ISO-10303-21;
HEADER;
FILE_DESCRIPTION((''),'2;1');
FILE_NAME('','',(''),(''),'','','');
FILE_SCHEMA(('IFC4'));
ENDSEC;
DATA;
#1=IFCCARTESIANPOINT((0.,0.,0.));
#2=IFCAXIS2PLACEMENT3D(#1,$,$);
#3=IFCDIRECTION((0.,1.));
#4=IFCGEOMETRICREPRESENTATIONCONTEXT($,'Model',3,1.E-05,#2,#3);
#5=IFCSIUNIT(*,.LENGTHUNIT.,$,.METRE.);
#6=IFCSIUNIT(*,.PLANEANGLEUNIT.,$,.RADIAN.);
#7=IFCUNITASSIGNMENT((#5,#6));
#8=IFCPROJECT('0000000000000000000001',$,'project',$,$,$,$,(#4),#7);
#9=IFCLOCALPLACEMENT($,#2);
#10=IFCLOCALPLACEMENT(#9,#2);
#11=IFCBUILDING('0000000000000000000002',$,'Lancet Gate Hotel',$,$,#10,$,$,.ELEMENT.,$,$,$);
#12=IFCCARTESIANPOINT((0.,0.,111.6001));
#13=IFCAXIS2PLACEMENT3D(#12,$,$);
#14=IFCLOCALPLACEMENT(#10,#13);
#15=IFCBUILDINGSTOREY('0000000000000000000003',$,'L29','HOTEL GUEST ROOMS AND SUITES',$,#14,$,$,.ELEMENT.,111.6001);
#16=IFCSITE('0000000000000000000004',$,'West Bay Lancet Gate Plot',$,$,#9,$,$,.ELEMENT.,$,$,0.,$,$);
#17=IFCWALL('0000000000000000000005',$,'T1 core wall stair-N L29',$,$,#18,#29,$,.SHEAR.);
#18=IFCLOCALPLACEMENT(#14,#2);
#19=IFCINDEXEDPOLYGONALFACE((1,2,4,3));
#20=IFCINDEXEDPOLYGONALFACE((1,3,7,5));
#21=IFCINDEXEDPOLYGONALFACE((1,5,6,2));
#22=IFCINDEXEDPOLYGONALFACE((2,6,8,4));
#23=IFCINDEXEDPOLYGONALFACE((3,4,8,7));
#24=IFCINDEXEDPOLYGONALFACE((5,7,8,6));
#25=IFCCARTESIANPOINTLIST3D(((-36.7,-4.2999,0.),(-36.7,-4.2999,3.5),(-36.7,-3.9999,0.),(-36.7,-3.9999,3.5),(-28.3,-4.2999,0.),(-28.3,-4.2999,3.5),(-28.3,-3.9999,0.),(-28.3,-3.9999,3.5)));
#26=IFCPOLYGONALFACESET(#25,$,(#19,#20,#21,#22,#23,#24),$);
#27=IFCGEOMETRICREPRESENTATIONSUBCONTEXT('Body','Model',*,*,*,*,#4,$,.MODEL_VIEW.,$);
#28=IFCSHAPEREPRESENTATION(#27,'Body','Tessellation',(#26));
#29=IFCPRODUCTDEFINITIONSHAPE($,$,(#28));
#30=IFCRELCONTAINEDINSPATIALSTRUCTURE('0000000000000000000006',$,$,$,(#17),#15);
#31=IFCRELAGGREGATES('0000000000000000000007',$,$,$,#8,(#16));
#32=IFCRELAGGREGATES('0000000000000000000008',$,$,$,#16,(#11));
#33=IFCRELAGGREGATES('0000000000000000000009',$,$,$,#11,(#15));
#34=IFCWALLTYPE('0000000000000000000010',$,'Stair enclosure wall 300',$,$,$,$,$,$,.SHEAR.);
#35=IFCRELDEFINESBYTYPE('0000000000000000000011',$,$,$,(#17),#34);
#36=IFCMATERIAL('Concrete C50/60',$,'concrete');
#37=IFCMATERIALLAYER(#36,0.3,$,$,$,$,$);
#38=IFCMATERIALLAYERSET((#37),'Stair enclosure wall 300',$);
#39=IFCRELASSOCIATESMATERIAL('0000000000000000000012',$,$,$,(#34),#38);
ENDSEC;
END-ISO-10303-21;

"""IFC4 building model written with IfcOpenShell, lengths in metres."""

from ifc_helpers import new_model, si_unit, direction, frame, frame_2d, origin, place, context, subcontext, project, spatial, rectangle, extrude, material, layer, layer_set, type_object, element, save


model = new_model("IFC4")

# Units and contexts
model_context = context("Model", 3, precision=1e-05, world=origin(), true_north=direction((0.0, 1.0)))
body_context = subcontext(model_context, "Body", "Model", "MODEL_VIEW")
ifc_project = project(units=[si_unit("LENGTHUNIT", "METRE"), si_unit("PLANEANGLEUNIT", "RADIAN")], contexts=[model_context])

# Site, building, storey
site_placement = place(None, origin())
site = spatial("IfcSite", under=ifc_project, at=site_placement, Name="West Bay Lancet Gate Plot", CompositionType="ELEMENT", RefElevation=0.0)
building_placement = place(site_placement, origin())
building = spatial("IfcBuilding", under=site, at=building_placement, Name="Lancet Gate Hotel", CompositionType="ELEMENT")
storey_placement = place(building_placement, frame((0.0, 0.0, 111.6001)))
storey = spatial("IfcBuildingStorey", under=building, at=storey_placement, Name="L29", Description="HOTEL GUEST ROOMS AND SUITES", CompositionType="ELEMENT", Elevation=111.6001)

# Wall
ifc_material_1 = material(Name="Concrete C50/60", Category="concrete")
ifc_layer_1 = layer(ifc_material_1, 0.3)
ifc_layer_set_1 = layer_set([ifc_layer_1], Name="Stair enclosure wall 300")
wall_type_1 = type_object("IfcWallType", Name="Stair enclosure wall 300", PredefinedType="SHEAR", material=ifc_layer_set_1)
wall_1_placement = place(storey_placement, frame((-28.3, -4.1499, 0.0), z_axis=(0.0, 0.0, 1.0), x_axis=(-1.0, 0.0, 0.0)))
element("IfcWall", 1, at=wall_1_placement, inside=storey, type_object=wall_type_1, Name="T1 core wall stair-N L29", PredefinedType="SHEAR", context=body_context, shape_type="SweptSolid", body=[
    extrude(rectangle(XDim=8.3999, YDim=0.3, at=frame_2d((4.2, 0.0))), origin(), (0.0, 0.0, 1.0), 3.5),
])

save(model, "model.ifc")
